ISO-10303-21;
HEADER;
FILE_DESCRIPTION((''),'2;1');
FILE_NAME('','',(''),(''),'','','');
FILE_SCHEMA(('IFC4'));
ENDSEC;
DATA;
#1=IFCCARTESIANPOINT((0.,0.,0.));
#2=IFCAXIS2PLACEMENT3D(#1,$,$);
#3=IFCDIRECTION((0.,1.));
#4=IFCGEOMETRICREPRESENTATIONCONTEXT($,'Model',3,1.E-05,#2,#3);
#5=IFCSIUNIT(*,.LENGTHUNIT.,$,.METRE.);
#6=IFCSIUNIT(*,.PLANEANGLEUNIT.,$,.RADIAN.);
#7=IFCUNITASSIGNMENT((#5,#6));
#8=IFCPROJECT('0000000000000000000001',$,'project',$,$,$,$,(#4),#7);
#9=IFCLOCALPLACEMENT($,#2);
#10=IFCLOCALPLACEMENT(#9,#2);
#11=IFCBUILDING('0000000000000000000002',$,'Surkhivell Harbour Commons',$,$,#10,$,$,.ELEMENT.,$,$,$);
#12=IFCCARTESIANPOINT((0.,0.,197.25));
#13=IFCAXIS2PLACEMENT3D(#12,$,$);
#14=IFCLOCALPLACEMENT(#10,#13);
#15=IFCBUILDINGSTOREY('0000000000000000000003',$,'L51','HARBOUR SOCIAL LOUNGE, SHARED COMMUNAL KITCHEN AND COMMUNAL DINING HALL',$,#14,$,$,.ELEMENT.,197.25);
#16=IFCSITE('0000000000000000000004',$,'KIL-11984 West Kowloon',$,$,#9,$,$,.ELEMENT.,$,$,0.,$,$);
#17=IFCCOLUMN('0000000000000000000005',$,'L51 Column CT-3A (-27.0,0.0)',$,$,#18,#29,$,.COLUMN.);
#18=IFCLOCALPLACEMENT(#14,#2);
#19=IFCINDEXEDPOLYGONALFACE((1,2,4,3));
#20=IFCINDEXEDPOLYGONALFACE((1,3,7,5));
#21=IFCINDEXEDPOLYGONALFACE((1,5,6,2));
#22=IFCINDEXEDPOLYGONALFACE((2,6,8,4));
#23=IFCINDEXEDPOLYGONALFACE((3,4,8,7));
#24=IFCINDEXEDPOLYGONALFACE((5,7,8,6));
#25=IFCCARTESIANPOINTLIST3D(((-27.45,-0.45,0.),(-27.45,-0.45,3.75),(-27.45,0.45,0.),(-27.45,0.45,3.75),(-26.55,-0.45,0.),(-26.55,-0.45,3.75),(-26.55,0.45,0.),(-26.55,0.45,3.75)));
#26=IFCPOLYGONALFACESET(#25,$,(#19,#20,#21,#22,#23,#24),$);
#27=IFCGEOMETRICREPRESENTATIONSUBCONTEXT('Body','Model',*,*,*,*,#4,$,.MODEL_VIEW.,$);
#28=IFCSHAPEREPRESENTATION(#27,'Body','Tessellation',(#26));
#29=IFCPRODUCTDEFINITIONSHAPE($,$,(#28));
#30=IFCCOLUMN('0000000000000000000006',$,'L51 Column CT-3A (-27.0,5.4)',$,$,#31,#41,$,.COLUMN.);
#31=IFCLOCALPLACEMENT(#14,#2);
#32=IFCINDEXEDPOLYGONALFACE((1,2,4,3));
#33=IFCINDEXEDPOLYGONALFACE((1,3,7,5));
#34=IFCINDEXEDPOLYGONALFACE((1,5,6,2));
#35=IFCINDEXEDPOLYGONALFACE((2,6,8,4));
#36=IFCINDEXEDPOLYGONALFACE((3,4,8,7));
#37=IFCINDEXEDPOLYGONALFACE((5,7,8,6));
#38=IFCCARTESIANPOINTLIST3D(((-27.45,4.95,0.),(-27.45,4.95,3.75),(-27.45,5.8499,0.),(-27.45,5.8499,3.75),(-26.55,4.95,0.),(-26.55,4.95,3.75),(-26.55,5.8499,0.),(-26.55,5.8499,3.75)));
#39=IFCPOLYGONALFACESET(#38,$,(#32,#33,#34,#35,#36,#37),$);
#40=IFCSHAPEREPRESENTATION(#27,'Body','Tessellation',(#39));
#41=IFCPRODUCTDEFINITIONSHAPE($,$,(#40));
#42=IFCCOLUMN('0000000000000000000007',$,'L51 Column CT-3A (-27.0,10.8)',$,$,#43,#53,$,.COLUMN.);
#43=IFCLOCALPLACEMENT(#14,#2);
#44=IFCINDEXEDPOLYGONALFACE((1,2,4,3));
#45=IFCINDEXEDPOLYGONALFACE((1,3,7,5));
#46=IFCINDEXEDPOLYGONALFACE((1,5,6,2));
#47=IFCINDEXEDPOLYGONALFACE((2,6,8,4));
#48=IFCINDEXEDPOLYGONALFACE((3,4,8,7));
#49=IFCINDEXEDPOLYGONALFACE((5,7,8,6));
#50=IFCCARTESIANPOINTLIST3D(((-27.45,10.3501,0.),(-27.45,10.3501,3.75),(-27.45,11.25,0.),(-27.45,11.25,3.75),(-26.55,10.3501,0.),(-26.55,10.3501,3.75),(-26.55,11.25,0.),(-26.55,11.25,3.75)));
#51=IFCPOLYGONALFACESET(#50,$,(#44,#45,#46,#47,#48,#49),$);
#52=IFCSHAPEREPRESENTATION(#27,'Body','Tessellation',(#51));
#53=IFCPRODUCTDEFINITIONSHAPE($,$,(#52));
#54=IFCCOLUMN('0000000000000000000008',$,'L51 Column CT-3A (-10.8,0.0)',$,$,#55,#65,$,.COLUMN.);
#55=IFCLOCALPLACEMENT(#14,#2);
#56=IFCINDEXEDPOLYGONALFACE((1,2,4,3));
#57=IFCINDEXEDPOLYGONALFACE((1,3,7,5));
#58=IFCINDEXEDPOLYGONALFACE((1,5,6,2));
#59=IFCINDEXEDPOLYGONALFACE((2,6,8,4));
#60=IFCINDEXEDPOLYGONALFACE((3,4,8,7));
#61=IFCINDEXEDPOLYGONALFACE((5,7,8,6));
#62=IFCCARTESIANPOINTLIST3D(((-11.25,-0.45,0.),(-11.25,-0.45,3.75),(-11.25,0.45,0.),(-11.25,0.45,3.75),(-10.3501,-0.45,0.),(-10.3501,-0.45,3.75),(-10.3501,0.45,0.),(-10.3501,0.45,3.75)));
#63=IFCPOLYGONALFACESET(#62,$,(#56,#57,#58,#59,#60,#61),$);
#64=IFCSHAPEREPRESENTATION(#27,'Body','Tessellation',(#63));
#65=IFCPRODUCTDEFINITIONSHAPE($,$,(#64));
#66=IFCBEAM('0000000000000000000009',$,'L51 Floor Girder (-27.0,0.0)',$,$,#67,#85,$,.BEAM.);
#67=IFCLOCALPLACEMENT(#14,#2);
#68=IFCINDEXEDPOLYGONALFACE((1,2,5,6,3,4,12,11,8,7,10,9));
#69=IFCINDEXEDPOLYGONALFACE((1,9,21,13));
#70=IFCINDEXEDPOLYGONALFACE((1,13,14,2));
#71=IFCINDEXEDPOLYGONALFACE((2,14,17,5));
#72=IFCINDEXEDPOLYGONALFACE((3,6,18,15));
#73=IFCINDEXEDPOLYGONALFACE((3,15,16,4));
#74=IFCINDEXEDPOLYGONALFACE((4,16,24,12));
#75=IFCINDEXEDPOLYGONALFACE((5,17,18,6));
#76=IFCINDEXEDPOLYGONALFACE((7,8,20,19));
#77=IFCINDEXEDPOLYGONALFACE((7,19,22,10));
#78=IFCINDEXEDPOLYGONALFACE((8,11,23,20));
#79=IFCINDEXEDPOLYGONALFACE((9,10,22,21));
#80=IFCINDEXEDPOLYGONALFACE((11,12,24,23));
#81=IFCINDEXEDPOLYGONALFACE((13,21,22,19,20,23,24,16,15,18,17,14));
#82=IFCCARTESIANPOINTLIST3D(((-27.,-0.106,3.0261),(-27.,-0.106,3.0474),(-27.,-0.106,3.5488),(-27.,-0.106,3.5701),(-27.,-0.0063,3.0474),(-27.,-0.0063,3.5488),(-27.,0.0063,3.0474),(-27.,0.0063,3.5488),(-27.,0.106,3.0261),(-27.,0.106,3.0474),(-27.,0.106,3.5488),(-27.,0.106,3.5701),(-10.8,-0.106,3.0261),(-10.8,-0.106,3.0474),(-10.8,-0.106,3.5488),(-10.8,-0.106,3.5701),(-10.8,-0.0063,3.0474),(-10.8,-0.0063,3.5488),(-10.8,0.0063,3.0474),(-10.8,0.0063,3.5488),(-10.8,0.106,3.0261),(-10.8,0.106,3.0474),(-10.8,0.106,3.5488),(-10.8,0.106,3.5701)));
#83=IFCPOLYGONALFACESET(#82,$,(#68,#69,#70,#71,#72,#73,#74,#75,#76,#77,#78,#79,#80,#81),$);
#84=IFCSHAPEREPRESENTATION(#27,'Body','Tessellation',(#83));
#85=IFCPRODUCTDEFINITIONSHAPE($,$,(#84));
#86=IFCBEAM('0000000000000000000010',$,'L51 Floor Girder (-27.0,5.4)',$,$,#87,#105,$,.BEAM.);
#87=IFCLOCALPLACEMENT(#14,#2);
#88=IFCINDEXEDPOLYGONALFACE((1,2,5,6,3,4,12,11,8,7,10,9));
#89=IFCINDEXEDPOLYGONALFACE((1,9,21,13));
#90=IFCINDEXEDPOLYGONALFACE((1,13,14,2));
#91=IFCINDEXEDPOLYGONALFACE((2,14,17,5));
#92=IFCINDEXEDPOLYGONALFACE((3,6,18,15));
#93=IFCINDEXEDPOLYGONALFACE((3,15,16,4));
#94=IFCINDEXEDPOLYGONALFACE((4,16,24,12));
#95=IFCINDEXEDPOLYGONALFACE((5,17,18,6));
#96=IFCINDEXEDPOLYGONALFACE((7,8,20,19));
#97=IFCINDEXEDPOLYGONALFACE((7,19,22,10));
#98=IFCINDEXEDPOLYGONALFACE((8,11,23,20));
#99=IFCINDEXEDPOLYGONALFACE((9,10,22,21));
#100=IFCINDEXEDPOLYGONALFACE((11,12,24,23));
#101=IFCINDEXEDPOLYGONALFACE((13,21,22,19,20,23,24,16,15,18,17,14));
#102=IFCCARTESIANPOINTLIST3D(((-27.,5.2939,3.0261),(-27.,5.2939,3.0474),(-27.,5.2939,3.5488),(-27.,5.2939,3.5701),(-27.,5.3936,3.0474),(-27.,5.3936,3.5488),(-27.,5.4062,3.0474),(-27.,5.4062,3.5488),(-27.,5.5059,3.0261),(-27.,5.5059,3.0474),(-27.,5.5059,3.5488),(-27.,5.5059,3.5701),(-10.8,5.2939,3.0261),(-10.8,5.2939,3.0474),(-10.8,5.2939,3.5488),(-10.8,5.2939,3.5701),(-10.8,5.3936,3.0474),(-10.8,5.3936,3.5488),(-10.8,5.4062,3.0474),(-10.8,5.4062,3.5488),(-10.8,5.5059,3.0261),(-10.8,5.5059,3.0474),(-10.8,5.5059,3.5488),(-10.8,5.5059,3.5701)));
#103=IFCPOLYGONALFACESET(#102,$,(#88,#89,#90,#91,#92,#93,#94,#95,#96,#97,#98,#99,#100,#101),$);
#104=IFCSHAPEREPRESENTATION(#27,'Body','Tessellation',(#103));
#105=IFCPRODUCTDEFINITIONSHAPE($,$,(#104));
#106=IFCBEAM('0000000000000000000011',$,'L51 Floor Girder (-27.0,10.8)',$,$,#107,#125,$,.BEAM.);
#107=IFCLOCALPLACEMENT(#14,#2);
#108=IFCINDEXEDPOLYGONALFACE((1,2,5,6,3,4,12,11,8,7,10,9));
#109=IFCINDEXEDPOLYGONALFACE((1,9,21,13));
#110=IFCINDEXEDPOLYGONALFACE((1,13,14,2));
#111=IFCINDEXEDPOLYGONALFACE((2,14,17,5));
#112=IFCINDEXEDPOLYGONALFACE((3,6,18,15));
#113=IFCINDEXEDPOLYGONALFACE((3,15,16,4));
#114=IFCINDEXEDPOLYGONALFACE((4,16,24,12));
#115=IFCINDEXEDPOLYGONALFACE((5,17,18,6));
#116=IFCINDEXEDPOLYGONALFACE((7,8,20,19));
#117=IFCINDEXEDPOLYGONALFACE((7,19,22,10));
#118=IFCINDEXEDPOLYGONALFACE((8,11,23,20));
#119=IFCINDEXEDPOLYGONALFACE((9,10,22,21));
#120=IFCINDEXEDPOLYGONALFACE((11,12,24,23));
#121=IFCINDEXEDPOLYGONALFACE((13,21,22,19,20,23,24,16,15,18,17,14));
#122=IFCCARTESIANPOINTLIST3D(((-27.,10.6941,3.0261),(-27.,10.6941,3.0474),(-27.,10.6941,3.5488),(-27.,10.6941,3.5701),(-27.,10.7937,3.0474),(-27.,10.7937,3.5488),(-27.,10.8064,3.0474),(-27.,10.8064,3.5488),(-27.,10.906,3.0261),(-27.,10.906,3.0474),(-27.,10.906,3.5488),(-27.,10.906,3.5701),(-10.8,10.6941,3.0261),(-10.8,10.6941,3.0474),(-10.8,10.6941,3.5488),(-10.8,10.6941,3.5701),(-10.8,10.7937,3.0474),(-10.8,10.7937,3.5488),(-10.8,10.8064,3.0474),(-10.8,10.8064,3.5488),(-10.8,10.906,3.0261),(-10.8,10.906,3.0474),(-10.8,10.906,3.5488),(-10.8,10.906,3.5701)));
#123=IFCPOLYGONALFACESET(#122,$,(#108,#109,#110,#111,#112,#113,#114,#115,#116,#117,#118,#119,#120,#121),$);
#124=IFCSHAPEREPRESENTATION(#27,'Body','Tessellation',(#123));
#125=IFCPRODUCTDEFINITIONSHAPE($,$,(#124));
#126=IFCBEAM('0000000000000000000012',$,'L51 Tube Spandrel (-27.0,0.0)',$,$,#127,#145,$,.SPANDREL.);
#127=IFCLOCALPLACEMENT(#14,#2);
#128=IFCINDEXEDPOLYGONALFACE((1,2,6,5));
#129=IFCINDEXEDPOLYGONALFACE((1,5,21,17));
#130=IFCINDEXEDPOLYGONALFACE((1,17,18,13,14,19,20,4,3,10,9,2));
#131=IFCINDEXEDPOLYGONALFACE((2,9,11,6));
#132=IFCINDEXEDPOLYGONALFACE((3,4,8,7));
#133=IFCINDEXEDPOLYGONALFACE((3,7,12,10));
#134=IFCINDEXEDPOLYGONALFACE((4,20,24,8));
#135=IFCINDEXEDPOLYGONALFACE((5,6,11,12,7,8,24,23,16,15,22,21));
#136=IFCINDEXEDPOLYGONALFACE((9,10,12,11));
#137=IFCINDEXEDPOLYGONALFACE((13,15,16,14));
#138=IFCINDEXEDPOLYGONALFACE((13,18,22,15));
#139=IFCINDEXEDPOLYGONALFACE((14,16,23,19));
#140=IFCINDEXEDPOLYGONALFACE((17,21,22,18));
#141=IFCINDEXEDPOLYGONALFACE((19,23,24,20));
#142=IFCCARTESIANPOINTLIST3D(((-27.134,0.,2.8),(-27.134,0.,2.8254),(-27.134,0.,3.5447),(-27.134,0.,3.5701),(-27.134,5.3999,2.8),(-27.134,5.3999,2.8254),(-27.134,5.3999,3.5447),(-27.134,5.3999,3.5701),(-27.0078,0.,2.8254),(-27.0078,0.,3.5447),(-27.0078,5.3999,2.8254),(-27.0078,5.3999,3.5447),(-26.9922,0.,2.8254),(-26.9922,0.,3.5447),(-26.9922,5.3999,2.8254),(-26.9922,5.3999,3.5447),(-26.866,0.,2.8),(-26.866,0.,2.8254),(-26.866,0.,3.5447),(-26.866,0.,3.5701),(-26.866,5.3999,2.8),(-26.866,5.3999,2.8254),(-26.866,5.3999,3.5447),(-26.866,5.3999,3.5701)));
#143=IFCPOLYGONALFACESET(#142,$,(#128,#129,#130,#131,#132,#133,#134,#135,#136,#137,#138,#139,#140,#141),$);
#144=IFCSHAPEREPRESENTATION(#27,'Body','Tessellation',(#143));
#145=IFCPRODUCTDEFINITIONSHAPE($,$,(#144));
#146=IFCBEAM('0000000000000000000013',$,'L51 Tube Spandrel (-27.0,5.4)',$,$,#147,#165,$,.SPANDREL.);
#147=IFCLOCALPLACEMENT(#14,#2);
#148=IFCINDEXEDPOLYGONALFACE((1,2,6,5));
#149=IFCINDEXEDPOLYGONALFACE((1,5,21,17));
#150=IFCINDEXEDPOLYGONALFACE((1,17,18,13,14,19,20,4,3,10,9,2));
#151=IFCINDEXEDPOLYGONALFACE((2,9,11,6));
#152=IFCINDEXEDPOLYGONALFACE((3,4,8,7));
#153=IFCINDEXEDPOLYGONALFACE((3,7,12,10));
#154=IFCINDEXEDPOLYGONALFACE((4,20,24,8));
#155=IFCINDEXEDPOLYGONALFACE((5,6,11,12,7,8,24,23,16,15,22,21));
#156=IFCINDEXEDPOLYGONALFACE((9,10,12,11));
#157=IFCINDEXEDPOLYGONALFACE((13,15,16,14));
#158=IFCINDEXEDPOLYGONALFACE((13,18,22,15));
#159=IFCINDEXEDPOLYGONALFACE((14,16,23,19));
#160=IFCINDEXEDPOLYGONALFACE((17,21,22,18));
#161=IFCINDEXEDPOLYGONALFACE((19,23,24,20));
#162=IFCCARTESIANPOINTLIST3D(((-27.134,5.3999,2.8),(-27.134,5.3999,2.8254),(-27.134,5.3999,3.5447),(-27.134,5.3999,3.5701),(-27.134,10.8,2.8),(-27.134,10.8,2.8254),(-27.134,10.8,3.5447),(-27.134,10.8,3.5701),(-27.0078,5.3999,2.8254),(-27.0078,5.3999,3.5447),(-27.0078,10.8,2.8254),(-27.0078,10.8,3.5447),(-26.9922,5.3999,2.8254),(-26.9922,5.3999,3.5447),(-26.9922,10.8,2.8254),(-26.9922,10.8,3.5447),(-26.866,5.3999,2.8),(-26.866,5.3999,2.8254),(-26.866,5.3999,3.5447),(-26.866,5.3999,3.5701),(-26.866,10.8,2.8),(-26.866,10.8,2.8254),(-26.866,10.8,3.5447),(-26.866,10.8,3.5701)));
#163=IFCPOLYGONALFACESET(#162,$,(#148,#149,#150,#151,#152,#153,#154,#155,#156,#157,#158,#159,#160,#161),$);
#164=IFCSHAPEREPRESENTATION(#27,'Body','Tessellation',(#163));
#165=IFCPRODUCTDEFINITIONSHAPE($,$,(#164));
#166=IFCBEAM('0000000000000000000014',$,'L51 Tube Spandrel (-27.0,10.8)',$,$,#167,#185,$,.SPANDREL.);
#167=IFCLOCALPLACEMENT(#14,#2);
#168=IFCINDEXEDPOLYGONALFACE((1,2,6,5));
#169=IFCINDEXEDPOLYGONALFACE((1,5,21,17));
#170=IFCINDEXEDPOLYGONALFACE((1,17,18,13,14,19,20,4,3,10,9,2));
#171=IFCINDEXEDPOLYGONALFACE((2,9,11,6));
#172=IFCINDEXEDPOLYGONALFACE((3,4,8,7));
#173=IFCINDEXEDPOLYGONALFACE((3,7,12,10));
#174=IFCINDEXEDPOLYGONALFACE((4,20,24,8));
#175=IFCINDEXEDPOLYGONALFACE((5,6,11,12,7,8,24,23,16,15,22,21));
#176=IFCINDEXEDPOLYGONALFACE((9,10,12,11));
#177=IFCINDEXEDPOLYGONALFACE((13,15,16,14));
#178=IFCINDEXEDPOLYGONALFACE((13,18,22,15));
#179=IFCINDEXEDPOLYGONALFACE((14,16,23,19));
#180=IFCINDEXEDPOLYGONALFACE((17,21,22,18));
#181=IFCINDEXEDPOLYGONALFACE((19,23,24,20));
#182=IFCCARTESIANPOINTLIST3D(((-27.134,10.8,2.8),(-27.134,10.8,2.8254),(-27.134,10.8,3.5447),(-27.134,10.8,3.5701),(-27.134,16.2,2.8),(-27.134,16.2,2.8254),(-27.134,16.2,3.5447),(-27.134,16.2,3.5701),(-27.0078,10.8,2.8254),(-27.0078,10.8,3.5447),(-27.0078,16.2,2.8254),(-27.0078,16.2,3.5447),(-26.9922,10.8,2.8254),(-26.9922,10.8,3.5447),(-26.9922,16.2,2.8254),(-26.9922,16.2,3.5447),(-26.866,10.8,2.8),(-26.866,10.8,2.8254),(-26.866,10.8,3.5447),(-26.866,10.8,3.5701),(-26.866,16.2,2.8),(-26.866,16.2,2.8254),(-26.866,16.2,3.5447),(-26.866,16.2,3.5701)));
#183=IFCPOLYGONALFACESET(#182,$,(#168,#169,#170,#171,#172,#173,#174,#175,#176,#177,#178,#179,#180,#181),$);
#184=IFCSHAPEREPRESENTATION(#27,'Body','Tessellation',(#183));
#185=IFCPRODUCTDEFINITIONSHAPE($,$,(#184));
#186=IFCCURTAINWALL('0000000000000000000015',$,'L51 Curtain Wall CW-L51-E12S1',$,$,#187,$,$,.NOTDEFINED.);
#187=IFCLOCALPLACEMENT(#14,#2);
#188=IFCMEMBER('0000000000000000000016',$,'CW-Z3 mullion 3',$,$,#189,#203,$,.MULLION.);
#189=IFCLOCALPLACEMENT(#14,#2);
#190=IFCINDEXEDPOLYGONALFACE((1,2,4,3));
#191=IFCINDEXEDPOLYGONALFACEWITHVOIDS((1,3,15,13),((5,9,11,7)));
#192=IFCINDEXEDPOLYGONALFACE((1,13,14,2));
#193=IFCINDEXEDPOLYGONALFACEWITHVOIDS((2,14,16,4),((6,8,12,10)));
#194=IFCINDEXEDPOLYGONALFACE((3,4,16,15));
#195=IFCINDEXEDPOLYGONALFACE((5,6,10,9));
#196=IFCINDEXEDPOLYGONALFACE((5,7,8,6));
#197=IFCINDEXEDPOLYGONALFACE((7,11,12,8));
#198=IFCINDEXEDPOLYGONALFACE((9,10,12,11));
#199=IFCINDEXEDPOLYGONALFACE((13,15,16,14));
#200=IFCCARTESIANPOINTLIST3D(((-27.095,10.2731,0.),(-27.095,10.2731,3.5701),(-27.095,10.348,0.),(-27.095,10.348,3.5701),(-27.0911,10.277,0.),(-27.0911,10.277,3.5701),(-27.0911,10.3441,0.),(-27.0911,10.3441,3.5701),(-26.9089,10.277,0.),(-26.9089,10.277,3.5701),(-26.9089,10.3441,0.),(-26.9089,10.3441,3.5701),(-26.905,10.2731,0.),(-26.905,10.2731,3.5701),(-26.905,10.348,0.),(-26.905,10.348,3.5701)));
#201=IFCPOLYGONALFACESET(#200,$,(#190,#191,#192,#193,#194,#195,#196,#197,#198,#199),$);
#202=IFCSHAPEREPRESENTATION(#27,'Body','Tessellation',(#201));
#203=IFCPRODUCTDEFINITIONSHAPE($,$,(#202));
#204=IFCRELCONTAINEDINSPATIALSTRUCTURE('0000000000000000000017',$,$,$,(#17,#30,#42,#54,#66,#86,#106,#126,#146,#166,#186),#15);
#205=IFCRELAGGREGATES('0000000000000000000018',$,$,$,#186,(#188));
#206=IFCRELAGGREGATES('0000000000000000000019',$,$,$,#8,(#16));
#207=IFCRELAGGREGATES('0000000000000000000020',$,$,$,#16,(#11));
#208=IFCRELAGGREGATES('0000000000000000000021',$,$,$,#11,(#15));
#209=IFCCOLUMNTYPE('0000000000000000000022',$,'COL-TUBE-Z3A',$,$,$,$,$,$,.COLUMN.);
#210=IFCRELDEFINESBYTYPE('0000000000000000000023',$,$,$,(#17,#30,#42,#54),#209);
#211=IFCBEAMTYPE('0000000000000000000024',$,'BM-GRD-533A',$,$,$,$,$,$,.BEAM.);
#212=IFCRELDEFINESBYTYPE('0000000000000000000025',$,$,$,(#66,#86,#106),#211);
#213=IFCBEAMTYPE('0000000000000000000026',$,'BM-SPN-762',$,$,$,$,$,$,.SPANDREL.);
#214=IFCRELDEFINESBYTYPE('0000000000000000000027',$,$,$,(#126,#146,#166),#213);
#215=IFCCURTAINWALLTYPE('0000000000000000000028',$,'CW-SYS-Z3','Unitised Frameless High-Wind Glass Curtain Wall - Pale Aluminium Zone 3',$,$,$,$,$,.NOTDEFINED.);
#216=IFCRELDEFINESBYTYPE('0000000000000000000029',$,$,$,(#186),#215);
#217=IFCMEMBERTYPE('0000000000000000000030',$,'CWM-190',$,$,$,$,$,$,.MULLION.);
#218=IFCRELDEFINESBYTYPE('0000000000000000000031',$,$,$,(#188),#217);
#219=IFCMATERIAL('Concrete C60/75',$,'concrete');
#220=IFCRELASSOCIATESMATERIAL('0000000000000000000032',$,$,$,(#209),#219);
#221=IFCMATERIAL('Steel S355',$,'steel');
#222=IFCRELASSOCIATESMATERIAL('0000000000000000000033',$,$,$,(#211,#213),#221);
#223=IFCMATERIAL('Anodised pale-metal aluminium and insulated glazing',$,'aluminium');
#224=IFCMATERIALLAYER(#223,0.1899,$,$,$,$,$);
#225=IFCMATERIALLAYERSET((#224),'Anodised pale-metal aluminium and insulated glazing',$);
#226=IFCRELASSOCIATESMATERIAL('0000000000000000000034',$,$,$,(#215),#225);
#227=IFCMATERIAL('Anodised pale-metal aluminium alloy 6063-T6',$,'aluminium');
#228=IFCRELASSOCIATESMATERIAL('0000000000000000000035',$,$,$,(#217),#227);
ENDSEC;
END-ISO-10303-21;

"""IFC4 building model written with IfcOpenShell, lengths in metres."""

from ifc_helpers import new_model, si_unit, direction, frame, origin, origin_2d, place, context, subcontext, project, spatial, rectangle, hollow_rectangle, i_section, extrude, material, layer, layer_set, material_profile, profile_set, type_object, element, aggregate, save


model = new_model("IFC4")

# Units and contexts
model_context = context("Model", 3, precision=1e-05, world=origin(), true_north=direction((0.0, 1.0)))
body_context = subcontext(model_context, "Body", "Model", "MODEL_VIEW")
ifc_project = project(units=[si_unit("LENGTHUNIT", "METRE"), si_unit("PLANEANGLEUNIT", "RADIAN")], contexts=[model_context])

# Site, building, storey
site_placement = place(None, origin())
site = spatial("IfcSite", under=ifc_project, at=site_placement, Name="KIL-11984 West Kowloon", CompositionType="ELEMENT", RefElevation=0.0)
building_placement = place(site_placement, origin())
building = spatial("IfcBuilding", under=site, at=building_placement, Name="Surkhivell Harbour Commons", CompositionType="ELEMENT")
storey_placement = place(building_placement, frame((0.0, 0.0, 197.25)))
storey = spatial("IfcBuildingStorey", under=building, at=storey_placement, Name="L51", Description="HARBOUR SOCIAL LOUNGE, SHARED COMMUNAL KITCHEN AND COMMUNAL DINING HALL", CompositionType="ELEMENT", Elevation=197.25)

# Columns
ifc_material_1 = material(Name="Concrete C60/75", Category="concrete")
ifc_material_profile_1 = material_profile(ifc_material_1, rectangle(XDim=0.8999, YDim=0.8999, at=origin_2d()), Name="RC-COL-900x900")
ifc_profile_set_1 = profile_set([ifc_material_profile_1], Name="Concrete C60/75")
column_type = type_object("IfcColumnType", Name="COL-TUBE-Z3A", PredefinedType="COLUMN", material=ifc_profile_set_1)
for number, where, z_axis, x_axis, name in (
    (1, (-27.0, 0.0, 0.0), (0.0, 0.0, 1.0), (1.0, 0.0, 0.0), "L51 Column CT-3A (-27.0,0.0)"),
    (2, (-27.0, 5.3999, 0.0), (0.0, 0.0, 1.0), (1.0, 0.0, 0.0), "L51 Column CT-3A (-27.0,5.4)"),
    (3, (-27.0, 10.8, 0.0), (0.0, 0.0, 1.0), (1.0, 0.0, 0.0), "L51 Column CT-3A (-27.0,10.8)"),
    (4, (-10.8, 0.0, 0.0), (0.0, 0.0, 1.0), (1.0, 0.0, 0.0), "L51 Column CT-3A (-10.8,0.0)"),
):
    element("IfcColumn", number, at=place(storey_placement, frame(where, z_axis=z_axis, x_axis=x_axis)), inside=storey, type_object=column_type, Name=name, PredefinedType="COLUMN", context=body_context, shape_type="SweptSolid", body=[
        extrude(rectangle(XDim=0.8999, YDim=0.8999, at=origin_2d()), origin(), (0.0, 0.0, 1.0), 3.75),
    ])

# Beams
ifc_material_2 = material(Name="Steel S355", Category="steel")
ifc_material_profile_2 = material_profile(ifc_material_2, i_section(OverallWidth=0.2119, OverallDepth=0.5439, WebThickness=0.0127, FlangeThickness=0.0212, at=origin_2d()), Name="UB533x210x122")
ifc_profile_set_2 = profile_set([ifc_material_profile_2], Name="Steel S355")
beam_type_1 = type_object("IfcBeamType", Name="BM-GRD-533A", PredefinedType="BEAM", material=ifc_profile_set_2)
for number, where, z_axis, x_axis, name in (
    (5, (-27.0, 0.0, 3.2981), (1.0, 0.0, 0.0), (0.0, 1.0, 0.0), "L51 Floor Girder (-27.0,0.0)"),
    (6, (-27.0, 5.3999, 3.2981), (1.0, 0.0, 0.0), (0.0, 1.0, 0.0), "L51 Floor Girder (-27.0,5.4)"),
    (7, (-27.0, 10.8, 3.2981), (1.0, 0.0, 0.0), (0.0, 1.0, 0.0), "L51 Floor Girder (-27.0,10.8)"),
):
    element("IfcBeam", number, at=place(storey_placement, frame(where, z_axis=z_axis, x_axis=x_axis)), inside=storey, type_object=beam_type_1, Name=name, PredefinedType="BEAM", context=body_context, shape_type="SweptSolid", body=[
        extrude(i_section(OverallWidth=0.2119, OverallDepth=0.5439, WebThickness=0.0127, FlangeThickness=0.0212, at=origin_2d()), origin(), (0.0, 0.0, 1.0), 16.2),
    ])
ifc_material_profile_3 = material_profile(ifc_material_2, i_section(OverallWidth=0.2681, OverallDepth=0.77, WebThickness=0.0156, FlangeThickness=0.0254, at=origin_2d()), Name="UB762x267x197")
ifc_profile_set_3 = profile_set([ifc_material_profile_3], Name="Steel S355")
beam_type_2 = type_object("IfcBeamType", Name="BM-SPN-762", PredefinedType="SPANDREL", material=ifc_profile_set_3)
beam_1_placement = place(storey_placement, frame((-27.0, 0.0, 3.1851), z_axis=(0.0, 1.0, 0.0), x_axis=(-1.0, 0.0, 0.0)))
element("IfcBeam", 8, at=beam_1_placement, inside=storey, type_object=beam_type_2, Name="L51 Tube Spandrel (-27.0,0.0)", PredefinedType="SPANDREL", context=body_context, shape_type="SweptSolid", body=[
    extrude(i_section(OverallWidth=0.2681, OverallDepth=0.77, WebThickness=0.0156, FlangeThickness=0.0254, at=origin_2d()), origin(), (0.0, 0.0, 1.0), 5.3999),
])
beam_2_placement = place(storey_placement, frame((-27.0, 5.3999, 3.1851), z_axis=(0.0, 1.0, 0.0), x_axis=(-1.0, 0.0, 0.0)))
element("IfcBeam", 9, at=beam_2_placement, inside=storey, type_object=beam_type_2, Name="L51 Tube Spandrel (-27.0,5.4)", PredefinedType="SPANDREL", context=body_context, shape_type="SweptSolid", body=[
    extrude(i_section(OverallWidth=0.2681, OverallDepth=0.77, WebThickness=0.0156, FlangeThickness=0.0254, at=origin_2d()), origin(), (0.0, 0.0, 1.0), 5.4001),
])
beam_3_placement = place(storey_placement, frame((-27.0, 10.8, 3.1851), z_axis=(0.0, 1.0, 0.0), x_axis=(-1.0, 0.0, 0.0)))
element("IfcBeam", 10, at=beam_3_placement, inside=storey, type_object=beam_type_2, Name="L51 Tube Spandrel (-27.0,10.8)", PredefinedType="SPANDREL", context=body_context, shape_type="SweptSolid", body=[
    extrude(i_section(OverallWidth=0.2681, OverallDepth=0.77, WebThickness=0.0156, FlangeThickness=0.0254, at=origin_2d()), origin(), (0.0, 0.0, 1.0), 5.3999),
])

# Curtain wall, member
ifc_material_3 = material(Name="Anodised pale-metal aluminium and insulated glazing", Category="aluminium")
ifc_layer_1 = layer(ifc_material_3, 0.1899)
ifc_layer_set_1 = layer_set([ifc_layer_1], Name="Anodised pale-metal aluminium and insulated glazing")
curtain_wall_type = type_object("IfcCurtainWallType", Name="CW-SYS-Z3", Description="Unitised Frameless High-Wind Glass Curtain Wall - Pale Aluminium Zone 3", PredefinedType="NOTDEFINED", material=ifc_layer_set_1)
curtain_wall_placement = place(storey_placement, origin())
curtain_wall = element("IfcCurtainWall", 11, at=curtain_wall_placement, inside=storey, type_object=curtain_wall_type, Name="L51 Curtain Wall CW-L51-E12S1", PredefinedType="NOTDEFINED")
ifc_material_4 = material(Name="Anodised pale-metal aluminium alloy 6063-T6", Category="aluminium")
ifc_material_profile_4 = material_profile(ifc_material_4, hollow_rectangle(XDim=0.075, YDim=0.1899, WallThickness=0.0039, at=origin_2d()), Name="ALU-MULL-75x190")
ifc_profile_set_4 = profile_set([ifc_material_profile_4], Name="Anodised pale-metal aluminium alloy 6063-T6")
member_type_1 = type_object("IfcMemberType", Name="CWM-190", PredefinedType="MULLION", material=ifc_profile_set_4)
member_1_placement = place(storey_placement, frame((-27.0, 10.3105, 0.0), z_axis=(0.0, 0.0, 1.0), x_axis=(0.0, -1.0, 0.0)))
member_1 = element("IfcMember", 12, at=member_1_placement, type_object=member_type_1, Name="CW-Z3 mullion 3", PredefinedType="MULLION", context=body_context, shape_type="SweptSolid", body=[
    extrude(hollow_rectangle(XDim=0.075, YDim=0.1899, WallThickness=0.0039, at=origin_2d()), origin(), (0.0, 0.0, 1.0), 3.5701),
])
aggregate(curtain_wall, [member_1])

save(model, "model.ifc")
